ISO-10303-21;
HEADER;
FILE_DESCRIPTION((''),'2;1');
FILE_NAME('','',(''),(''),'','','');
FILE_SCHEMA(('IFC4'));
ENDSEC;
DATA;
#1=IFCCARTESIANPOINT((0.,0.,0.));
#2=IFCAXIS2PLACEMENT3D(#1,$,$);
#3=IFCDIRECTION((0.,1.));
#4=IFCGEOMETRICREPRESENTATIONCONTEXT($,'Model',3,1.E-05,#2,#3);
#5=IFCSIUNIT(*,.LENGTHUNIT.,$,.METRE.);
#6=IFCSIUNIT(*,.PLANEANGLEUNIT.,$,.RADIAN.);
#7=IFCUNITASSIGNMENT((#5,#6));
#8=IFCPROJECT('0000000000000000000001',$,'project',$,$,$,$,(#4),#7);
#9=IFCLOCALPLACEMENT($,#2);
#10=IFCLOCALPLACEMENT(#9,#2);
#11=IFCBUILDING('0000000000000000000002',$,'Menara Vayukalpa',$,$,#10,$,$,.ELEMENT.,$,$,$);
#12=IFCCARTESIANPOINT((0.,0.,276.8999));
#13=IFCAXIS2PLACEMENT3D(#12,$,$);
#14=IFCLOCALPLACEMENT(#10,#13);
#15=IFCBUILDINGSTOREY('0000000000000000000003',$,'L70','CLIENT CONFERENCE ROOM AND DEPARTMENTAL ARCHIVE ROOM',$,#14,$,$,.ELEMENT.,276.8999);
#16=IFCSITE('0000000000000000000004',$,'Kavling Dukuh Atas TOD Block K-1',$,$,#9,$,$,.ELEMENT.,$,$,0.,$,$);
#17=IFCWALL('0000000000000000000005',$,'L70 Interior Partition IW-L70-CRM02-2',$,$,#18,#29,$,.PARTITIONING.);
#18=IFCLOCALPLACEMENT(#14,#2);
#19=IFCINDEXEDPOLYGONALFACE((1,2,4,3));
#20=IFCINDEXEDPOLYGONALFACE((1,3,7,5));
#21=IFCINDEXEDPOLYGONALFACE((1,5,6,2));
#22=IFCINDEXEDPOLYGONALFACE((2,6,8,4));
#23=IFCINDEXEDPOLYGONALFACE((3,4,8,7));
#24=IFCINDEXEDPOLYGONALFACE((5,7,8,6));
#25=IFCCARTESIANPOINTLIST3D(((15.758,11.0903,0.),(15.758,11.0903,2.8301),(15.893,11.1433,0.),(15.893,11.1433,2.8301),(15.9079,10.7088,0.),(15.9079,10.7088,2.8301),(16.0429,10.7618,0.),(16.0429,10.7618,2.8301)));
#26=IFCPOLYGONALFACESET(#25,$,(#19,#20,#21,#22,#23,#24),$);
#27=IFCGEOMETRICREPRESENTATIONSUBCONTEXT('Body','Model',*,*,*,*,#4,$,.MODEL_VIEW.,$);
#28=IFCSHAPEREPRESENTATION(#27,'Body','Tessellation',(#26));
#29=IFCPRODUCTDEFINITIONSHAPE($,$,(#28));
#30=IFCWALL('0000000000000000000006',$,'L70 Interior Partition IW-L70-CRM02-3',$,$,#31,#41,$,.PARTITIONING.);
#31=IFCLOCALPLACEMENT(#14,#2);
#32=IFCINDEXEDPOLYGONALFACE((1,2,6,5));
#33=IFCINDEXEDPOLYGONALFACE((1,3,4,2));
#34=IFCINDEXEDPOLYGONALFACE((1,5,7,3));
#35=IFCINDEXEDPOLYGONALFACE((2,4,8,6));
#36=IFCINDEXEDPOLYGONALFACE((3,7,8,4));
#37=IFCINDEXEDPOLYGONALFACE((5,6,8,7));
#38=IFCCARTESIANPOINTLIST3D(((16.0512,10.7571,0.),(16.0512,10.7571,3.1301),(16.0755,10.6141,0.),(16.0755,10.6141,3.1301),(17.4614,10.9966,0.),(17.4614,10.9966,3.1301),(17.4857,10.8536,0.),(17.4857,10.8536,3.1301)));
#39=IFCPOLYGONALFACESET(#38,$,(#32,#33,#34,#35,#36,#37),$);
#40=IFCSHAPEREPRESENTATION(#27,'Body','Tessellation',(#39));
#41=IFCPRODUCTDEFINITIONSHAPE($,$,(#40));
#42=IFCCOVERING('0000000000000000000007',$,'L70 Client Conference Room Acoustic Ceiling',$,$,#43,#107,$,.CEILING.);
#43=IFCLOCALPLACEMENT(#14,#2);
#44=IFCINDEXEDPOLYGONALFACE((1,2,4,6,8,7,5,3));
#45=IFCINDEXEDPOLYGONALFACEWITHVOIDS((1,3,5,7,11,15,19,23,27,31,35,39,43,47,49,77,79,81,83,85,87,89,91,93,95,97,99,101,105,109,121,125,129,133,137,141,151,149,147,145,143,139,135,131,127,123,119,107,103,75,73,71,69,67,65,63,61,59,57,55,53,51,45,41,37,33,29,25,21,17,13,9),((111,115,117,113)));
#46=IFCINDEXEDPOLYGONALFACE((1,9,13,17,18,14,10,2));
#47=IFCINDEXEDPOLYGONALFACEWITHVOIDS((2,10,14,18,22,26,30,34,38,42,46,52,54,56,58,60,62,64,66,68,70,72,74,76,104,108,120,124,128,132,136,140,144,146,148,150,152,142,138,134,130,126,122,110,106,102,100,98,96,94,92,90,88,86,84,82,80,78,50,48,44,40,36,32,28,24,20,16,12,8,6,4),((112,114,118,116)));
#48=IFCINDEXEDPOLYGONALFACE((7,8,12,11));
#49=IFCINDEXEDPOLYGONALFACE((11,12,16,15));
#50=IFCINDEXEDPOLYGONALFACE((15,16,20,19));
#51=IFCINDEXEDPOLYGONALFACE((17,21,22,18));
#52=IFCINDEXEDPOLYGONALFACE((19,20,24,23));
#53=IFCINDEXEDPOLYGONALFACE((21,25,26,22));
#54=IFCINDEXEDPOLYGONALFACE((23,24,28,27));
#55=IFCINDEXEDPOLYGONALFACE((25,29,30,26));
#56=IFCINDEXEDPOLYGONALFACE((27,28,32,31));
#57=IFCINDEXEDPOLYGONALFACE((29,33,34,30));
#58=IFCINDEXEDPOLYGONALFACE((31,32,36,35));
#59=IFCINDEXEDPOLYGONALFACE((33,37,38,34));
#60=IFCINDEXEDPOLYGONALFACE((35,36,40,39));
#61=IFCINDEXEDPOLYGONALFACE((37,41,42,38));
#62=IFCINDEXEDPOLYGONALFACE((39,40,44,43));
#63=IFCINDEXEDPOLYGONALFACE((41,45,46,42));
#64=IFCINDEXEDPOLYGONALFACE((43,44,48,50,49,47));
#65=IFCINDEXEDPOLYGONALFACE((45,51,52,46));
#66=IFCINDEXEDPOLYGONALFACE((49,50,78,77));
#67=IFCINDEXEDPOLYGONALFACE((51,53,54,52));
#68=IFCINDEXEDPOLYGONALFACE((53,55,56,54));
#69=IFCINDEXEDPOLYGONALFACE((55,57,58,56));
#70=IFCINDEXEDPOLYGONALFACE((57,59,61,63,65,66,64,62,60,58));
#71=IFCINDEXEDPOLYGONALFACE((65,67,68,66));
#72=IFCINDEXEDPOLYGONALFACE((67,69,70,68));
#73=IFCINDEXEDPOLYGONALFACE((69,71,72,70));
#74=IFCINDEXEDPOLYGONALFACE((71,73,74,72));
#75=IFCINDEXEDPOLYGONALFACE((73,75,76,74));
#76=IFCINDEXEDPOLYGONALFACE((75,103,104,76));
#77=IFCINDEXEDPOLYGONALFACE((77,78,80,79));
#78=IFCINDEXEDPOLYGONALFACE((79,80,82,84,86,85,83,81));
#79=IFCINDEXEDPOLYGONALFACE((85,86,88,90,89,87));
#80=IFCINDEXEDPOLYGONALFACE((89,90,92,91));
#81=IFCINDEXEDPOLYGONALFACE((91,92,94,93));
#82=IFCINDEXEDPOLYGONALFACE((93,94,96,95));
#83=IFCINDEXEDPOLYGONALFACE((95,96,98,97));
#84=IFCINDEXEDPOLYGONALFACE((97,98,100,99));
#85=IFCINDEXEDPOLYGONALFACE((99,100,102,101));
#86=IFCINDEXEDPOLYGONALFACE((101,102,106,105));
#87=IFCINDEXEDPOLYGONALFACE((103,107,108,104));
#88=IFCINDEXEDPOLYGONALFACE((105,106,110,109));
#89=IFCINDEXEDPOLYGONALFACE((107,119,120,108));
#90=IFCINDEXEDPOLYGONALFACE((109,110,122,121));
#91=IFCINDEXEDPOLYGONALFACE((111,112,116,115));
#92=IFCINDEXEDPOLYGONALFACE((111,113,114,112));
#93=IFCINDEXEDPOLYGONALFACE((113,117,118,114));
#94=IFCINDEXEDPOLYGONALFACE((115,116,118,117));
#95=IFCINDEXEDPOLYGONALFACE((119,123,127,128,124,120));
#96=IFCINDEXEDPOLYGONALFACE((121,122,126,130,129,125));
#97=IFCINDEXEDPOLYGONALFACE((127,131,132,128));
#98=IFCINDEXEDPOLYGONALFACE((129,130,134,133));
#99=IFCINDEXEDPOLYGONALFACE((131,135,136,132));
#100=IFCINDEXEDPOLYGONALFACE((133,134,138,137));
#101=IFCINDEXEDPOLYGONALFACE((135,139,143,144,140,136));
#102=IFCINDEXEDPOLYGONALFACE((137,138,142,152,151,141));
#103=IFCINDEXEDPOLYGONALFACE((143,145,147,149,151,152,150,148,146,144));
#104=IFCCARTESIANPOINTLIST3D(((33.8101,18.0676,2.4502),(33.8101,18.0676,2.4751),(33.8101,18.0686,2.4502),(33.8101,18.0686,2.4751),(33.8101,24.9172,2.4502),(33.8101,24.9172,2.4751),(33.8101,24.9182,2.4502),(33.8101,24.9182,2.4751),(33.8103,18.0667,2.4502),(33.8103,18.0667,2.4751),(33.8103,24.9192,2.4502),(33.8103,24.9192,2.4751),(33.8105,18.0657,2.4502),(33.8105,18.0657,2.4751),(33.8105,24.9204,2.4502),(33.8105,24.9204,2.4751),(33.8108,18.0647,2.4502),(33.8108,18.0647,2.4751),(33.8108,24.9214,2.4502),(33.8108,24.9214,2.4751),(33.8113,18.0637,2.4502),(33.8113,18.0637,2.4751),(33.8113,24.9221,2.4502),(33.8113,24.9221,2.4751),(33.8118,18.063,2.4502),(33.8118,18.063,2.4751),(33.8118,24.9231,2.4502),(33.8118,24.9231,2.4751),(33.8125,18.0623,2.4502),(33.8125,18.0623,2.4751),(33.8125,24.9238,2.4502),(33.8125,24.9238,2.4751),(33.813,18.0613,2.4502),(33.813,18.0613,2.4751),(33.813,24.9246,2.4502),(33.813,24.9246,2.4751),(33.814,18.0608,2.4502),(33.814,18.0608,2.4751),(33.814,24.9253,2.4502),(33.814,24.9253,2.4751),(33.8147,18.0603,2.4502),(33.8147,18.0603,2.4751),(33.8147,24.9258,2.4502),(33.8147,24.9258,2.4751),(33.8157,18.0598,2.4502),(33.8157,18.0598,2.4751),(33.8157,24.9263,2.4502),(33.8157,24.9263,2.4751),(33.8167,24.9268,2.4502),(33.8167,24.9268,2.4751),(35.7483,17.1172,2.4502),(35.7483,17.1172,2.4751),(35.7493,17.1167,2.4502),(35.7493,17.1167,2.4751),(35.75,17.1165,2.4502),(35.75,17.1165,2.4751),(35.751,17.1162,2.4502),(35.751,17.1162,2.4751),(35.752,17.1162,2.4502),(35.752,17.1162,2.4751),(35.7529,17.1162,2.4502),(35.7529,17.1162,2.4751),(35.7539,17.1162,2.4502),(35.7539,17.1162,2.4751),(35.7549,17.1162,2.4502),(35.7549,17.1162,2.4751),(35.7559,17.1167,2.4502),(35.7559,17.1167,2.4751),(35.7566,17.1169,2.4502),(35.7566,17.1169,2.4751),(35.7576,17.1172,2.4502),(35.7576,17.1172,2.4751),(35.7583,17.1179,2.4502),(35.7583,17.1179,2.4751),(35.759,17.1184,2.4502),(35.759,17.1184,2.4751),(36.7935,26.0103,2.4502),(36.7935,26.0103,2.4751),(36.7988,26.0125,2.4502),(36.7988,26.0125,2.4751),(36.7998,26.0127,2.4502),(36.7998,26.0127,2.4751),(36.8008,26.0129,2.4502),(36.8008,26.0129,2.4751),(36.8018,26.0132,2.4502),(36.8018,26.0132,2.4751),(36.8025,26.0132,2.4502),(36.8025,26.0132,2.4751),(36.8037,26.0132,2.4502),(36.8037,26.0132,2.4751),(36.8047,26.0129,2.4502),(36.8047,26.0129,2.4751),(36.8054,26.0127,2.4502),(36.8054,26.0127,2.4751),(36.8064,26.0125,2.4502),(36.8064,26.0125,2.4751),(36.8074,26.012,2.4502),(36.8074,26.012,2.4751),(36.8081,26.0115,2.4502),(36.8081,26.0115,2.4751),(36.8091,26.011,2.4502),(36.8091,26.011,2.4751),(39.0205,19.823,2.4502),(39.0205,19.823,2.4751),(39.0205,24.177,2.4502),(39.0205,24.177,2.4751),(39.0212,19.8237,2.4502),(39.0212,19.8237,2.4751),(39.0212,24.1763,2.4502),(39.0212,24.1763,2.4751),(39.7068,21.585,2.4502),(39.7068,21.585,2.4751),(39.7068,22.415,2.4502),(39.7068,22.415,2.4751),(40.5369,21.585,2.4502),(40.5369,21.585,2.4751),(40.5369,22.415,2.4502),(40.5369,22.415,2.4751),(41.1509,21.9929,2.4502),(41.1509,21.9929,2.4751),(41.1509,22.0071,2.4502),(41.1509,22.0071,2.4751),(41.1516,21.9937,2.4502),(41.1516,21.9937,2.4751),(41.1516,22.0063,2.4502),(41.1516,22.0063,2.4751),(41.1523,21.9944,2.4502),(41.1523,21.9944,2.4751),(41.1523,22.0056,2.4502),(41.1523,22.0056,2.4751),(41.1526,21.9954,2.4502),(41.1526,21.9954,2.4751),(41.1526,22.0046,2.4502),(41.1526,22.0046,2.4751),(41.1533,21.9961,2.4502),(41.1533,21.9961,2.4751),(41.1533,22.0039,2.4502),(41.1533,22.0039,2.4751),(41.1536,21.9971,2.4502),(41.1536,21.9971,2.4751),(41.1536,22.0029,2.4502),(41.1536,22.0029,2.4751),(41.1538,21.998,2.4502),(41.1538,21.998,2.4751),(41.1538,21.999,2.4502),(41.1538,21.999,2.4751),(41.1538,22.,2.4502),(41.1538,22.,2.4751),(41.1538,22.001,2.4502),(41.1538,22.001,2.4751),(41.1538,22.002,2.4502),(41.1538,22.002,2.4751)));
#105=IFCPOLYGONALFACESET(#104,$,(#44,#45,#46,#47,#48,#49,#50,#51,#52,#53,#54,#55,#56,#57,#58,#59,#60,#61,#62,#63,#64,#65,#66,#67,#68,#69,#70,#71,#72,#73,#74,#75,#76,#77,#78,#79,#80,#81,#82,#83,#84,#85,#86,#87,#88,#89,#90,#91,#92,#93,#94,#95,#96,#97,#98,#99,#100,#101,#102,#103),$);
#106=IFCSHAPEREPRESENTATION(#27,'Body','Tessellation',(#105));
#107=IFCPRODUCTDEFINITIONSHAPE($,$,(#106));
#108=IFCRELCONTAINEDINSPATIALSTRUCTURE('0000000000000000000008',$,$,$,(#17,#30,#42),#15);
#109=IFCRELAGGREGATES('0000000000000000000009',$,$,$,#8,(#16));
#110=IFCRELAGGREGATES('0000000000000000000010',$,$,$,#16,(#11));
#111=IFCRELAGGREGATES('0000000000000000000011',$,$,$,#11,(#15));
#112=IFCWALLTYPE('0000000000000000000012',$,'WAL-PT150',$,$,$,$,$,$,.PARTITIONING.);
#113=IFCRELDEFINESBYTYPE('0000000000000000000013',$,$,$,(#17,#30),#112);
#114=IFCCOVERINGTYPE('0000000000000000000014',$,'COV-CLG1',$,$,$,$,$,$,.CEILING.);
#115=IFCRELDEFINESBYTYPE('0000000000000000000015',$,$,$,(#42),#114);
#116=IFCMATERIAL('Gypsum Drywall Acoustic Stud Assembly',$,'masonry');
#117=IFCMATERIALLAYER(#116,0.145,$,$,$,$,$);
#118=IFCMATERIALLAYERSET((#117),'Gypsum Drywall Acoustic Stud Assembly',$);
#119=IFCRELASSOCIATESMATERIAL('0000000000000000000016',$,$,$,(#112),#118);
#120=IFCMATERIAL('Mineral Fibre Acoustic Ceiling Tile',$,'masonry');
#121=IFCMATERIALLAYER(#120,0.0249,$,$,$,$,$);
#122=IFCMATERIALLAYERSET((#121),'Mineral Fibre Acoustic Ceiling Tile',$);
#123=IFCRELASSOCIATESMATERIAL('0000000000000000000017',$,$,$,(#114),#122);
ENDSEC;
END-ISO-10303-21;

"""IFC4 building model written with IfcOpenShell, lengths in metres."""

from ifc_helpers import new_model, si_unit, direction, frame, frame_2d, origin, place, context, subcontext, project, spatial, polyline, rectangle, outline, extrude, material, layer, layer_set, type_object, element, save


model = new_model("IFC4")

# Units and contexts
model_context = context("Model", 3, precision=1e-05, world=origin(), true_north=direction((0.0, 1.0)))
body_context = subcontext(model_context, "Body", "Model", "MODEL_VIEW")
ifc_project = project(units=[si_unit("LENGTHUNIT", "METRE"), si_unit("PLANEANGLEUNIT", "RADIAN")], contexts=[model_context])

# Site, building, storey
site_placement = place(None, origin())
site = spatial("IfcSite", under=ifc_project, at=site_placement, Name="Kavling Dukuh Atas TOD Block K-1", CompositionType="ELEMENT", RefElevation=0.0)
building_placement = place(site_placement, origin())
building = spatial("IfcBuilding", under=site, at=building_placement, Name="Menara Vayukalpa", CompositionType="ELEMENT")
storey_placement = place(building_placement, frame((0.0, 0.0, 276.8999)))
storey = spatial("IfcBuildingStorey", under=building, at=storey_placement, Name="L70", Description="CLIENT CONFERENCE ROOM AND DEPARTMENTAL ARCHIVE ROOM", CompositionType="ELEMENT", Elevation=276.8999)

# Walls
ifc_material_1 = material(Name="Gypsum Drywall Acoustic Stud Assembly", Category="masonry")
ifc_layer_1 = layer(ifc_material_1, 0.145)
ifc_layer_set_1 = layer_set([ifc_layer_1], Name="Gypsum Drywall Acoustic Stud Assembly")
wall_type_1 = type_object("IfcWallType", Name="WAL-PT150", PredefinedType="PARTITIONING", material=ifc_layer_set_1)
wall_1_placement = place(storey_placement, frame((15.8254, 11.1169, 0.0), z_axis=(0.0, 0.0, 1.0), x_axis=(0.365634, -0.930759, 0.0)))
element("IfcWall", 1, at=wall_1_placement, inside=storey, type_object=wall_type_1, Name="L70 Interior Partition IW-L70-CRM02-2", PredefinedType="PARTITIONING", context=body_context, shape_type="SweptSolid", body=[
    extrude(rectangle(XDim=0.4099, YDim=0.145, at=frame_2d((0.2051, 0.0))), origin(), (0.0, 0.0, 1.0), 2.8301),
])
wall_2_placement = place(storey_placement, frame((16.0632, 10.6855, 0.0), z_axis=(0.0, 0.0, 1.0), x_axis=(0.985882, 0.167443, 0.0)))
element("IfcWall", 2, at=wall_2_placement, inside=storey, type_object=wall_type_1, Name="L70 Interior Partition IW-L70-CRM02-3", PredefinedType="PARTITIONING", context=body_context, shape_type="SweptSolid", body=[
    extrude(rectangle(XDim=1.4304, YDim=0.145, at=frame_2d((0.7153, 0.0))), origin(), (0.0, 0.0, 1.0), 3.1301),
])

# Covering
ifc_material_2 = material(Name="Mineral Fibre Acoustic Ceiling Tile", Category="masonry")
ifc_layer_2 = layer(ifc_material_2, 0.0249)
ifc_layer_set_2 = layer_set([ifc_layer_2], Name="Mineral Fibre Acoustic Ceiling Tile")
covering_type_1 = type_object("IfcCoveringType", Name="COV-CLG1", PredefinedType="CEILING", material=ifc_layer_set_2)
covering_1_placement = place(storey_placement, frame((0.0, 0.0, 2.4502)))
element("IfcCovering", 3, at=covering_1_placement, inside=storey, type_object=covering_type_1, Name="L70 Client Conference Room Acoustic Ceiling", PredefinedType="CEILING", context=body_context, shape_type="SweptSolid", body=[
    extrude(outline(polyline([(41.1509, 22.0071), (41.1516, 22.0063), (41.1523, 22.0056), (41.1526, 22.0046), (41.1533, 22.0039), (41.1536, 22.0029), (41.1538, 22.002), (41.1538, 22.001), (41.1538, 22.0), (41.1538, 21.999), (41.1538, 21.998), (41.1536, 21.9971), (41.1533, 21.9961), (41.1526, 21.9954), (41.1523, 21.9944), (41.1516, 21.9937), (41.1509, 21.9929), (39.0212, 19.8237), (39.0205, 19.823), (35.759, 17.1184), (35.7583, 17.1179), (35.7576, 17.1172), (35.7566, 17.1169), (35.7559, 17.1167), (35.7549, 17.1162), (35.7539, 17.1162), (35.7529, 17.1162), (35.752, 17.1162), (35.751, 17.1162), (35.75, 17.1165), (35.7493, 17.1167), (35.7483, 17.1172), (33.8157, 18.0598), (33.8147, 18.0603), (33.814, 18.0608), (33.813, 18.0613), (33.8125, 18.0623), (33.8118, 18.063), (33.8113, 18.0637), (33.8108, 18.0647), (33.8105, 18.0657), (33.8103, 18.0667), (33.8101, 18.0676), (33.8101, 18.0686), (33.8101, 24.9172), (33.8101, 24.9182), (33.8103, 24.9192), (33.8105, 24.9204), (33.8108, 24.9214), (33.8113, 24.9221), (33.8118, 24.9231), (33.8125, 24.9238), (33.813, 24.9246), (33.814, 24.9253), (33.8147, 24.9258), (33.8157, 24.9263), (33.8167, 24.9268), (36.7935, 26.0103), (36.7988, 26.0125), (36.7998, 26.0127), (36.8008, 26.0129), (36.8018, 26.0132), (36.8025, 26.0132), (36.8037, 26.0132), (36.8047, 26.0129), (36.8054, 26.0127), (36.8064, 26.0125), (36.8074, 26.012), (36.8081, 26.0115), (36.8091, 26.011), (39.0205, 24.177), (39.0212, 24.1763), (41.1509, 22.0071)]), holes=[polyline([(40.5369, 22.415), (39.7068, 22.415), (39.7068, 21.585), (40.5369, 21.585), (40.5369, 22.415)])]), origin(), (0.0, 0.0, 1.0), 0.0249),
])

save(model, "model.ifc")
